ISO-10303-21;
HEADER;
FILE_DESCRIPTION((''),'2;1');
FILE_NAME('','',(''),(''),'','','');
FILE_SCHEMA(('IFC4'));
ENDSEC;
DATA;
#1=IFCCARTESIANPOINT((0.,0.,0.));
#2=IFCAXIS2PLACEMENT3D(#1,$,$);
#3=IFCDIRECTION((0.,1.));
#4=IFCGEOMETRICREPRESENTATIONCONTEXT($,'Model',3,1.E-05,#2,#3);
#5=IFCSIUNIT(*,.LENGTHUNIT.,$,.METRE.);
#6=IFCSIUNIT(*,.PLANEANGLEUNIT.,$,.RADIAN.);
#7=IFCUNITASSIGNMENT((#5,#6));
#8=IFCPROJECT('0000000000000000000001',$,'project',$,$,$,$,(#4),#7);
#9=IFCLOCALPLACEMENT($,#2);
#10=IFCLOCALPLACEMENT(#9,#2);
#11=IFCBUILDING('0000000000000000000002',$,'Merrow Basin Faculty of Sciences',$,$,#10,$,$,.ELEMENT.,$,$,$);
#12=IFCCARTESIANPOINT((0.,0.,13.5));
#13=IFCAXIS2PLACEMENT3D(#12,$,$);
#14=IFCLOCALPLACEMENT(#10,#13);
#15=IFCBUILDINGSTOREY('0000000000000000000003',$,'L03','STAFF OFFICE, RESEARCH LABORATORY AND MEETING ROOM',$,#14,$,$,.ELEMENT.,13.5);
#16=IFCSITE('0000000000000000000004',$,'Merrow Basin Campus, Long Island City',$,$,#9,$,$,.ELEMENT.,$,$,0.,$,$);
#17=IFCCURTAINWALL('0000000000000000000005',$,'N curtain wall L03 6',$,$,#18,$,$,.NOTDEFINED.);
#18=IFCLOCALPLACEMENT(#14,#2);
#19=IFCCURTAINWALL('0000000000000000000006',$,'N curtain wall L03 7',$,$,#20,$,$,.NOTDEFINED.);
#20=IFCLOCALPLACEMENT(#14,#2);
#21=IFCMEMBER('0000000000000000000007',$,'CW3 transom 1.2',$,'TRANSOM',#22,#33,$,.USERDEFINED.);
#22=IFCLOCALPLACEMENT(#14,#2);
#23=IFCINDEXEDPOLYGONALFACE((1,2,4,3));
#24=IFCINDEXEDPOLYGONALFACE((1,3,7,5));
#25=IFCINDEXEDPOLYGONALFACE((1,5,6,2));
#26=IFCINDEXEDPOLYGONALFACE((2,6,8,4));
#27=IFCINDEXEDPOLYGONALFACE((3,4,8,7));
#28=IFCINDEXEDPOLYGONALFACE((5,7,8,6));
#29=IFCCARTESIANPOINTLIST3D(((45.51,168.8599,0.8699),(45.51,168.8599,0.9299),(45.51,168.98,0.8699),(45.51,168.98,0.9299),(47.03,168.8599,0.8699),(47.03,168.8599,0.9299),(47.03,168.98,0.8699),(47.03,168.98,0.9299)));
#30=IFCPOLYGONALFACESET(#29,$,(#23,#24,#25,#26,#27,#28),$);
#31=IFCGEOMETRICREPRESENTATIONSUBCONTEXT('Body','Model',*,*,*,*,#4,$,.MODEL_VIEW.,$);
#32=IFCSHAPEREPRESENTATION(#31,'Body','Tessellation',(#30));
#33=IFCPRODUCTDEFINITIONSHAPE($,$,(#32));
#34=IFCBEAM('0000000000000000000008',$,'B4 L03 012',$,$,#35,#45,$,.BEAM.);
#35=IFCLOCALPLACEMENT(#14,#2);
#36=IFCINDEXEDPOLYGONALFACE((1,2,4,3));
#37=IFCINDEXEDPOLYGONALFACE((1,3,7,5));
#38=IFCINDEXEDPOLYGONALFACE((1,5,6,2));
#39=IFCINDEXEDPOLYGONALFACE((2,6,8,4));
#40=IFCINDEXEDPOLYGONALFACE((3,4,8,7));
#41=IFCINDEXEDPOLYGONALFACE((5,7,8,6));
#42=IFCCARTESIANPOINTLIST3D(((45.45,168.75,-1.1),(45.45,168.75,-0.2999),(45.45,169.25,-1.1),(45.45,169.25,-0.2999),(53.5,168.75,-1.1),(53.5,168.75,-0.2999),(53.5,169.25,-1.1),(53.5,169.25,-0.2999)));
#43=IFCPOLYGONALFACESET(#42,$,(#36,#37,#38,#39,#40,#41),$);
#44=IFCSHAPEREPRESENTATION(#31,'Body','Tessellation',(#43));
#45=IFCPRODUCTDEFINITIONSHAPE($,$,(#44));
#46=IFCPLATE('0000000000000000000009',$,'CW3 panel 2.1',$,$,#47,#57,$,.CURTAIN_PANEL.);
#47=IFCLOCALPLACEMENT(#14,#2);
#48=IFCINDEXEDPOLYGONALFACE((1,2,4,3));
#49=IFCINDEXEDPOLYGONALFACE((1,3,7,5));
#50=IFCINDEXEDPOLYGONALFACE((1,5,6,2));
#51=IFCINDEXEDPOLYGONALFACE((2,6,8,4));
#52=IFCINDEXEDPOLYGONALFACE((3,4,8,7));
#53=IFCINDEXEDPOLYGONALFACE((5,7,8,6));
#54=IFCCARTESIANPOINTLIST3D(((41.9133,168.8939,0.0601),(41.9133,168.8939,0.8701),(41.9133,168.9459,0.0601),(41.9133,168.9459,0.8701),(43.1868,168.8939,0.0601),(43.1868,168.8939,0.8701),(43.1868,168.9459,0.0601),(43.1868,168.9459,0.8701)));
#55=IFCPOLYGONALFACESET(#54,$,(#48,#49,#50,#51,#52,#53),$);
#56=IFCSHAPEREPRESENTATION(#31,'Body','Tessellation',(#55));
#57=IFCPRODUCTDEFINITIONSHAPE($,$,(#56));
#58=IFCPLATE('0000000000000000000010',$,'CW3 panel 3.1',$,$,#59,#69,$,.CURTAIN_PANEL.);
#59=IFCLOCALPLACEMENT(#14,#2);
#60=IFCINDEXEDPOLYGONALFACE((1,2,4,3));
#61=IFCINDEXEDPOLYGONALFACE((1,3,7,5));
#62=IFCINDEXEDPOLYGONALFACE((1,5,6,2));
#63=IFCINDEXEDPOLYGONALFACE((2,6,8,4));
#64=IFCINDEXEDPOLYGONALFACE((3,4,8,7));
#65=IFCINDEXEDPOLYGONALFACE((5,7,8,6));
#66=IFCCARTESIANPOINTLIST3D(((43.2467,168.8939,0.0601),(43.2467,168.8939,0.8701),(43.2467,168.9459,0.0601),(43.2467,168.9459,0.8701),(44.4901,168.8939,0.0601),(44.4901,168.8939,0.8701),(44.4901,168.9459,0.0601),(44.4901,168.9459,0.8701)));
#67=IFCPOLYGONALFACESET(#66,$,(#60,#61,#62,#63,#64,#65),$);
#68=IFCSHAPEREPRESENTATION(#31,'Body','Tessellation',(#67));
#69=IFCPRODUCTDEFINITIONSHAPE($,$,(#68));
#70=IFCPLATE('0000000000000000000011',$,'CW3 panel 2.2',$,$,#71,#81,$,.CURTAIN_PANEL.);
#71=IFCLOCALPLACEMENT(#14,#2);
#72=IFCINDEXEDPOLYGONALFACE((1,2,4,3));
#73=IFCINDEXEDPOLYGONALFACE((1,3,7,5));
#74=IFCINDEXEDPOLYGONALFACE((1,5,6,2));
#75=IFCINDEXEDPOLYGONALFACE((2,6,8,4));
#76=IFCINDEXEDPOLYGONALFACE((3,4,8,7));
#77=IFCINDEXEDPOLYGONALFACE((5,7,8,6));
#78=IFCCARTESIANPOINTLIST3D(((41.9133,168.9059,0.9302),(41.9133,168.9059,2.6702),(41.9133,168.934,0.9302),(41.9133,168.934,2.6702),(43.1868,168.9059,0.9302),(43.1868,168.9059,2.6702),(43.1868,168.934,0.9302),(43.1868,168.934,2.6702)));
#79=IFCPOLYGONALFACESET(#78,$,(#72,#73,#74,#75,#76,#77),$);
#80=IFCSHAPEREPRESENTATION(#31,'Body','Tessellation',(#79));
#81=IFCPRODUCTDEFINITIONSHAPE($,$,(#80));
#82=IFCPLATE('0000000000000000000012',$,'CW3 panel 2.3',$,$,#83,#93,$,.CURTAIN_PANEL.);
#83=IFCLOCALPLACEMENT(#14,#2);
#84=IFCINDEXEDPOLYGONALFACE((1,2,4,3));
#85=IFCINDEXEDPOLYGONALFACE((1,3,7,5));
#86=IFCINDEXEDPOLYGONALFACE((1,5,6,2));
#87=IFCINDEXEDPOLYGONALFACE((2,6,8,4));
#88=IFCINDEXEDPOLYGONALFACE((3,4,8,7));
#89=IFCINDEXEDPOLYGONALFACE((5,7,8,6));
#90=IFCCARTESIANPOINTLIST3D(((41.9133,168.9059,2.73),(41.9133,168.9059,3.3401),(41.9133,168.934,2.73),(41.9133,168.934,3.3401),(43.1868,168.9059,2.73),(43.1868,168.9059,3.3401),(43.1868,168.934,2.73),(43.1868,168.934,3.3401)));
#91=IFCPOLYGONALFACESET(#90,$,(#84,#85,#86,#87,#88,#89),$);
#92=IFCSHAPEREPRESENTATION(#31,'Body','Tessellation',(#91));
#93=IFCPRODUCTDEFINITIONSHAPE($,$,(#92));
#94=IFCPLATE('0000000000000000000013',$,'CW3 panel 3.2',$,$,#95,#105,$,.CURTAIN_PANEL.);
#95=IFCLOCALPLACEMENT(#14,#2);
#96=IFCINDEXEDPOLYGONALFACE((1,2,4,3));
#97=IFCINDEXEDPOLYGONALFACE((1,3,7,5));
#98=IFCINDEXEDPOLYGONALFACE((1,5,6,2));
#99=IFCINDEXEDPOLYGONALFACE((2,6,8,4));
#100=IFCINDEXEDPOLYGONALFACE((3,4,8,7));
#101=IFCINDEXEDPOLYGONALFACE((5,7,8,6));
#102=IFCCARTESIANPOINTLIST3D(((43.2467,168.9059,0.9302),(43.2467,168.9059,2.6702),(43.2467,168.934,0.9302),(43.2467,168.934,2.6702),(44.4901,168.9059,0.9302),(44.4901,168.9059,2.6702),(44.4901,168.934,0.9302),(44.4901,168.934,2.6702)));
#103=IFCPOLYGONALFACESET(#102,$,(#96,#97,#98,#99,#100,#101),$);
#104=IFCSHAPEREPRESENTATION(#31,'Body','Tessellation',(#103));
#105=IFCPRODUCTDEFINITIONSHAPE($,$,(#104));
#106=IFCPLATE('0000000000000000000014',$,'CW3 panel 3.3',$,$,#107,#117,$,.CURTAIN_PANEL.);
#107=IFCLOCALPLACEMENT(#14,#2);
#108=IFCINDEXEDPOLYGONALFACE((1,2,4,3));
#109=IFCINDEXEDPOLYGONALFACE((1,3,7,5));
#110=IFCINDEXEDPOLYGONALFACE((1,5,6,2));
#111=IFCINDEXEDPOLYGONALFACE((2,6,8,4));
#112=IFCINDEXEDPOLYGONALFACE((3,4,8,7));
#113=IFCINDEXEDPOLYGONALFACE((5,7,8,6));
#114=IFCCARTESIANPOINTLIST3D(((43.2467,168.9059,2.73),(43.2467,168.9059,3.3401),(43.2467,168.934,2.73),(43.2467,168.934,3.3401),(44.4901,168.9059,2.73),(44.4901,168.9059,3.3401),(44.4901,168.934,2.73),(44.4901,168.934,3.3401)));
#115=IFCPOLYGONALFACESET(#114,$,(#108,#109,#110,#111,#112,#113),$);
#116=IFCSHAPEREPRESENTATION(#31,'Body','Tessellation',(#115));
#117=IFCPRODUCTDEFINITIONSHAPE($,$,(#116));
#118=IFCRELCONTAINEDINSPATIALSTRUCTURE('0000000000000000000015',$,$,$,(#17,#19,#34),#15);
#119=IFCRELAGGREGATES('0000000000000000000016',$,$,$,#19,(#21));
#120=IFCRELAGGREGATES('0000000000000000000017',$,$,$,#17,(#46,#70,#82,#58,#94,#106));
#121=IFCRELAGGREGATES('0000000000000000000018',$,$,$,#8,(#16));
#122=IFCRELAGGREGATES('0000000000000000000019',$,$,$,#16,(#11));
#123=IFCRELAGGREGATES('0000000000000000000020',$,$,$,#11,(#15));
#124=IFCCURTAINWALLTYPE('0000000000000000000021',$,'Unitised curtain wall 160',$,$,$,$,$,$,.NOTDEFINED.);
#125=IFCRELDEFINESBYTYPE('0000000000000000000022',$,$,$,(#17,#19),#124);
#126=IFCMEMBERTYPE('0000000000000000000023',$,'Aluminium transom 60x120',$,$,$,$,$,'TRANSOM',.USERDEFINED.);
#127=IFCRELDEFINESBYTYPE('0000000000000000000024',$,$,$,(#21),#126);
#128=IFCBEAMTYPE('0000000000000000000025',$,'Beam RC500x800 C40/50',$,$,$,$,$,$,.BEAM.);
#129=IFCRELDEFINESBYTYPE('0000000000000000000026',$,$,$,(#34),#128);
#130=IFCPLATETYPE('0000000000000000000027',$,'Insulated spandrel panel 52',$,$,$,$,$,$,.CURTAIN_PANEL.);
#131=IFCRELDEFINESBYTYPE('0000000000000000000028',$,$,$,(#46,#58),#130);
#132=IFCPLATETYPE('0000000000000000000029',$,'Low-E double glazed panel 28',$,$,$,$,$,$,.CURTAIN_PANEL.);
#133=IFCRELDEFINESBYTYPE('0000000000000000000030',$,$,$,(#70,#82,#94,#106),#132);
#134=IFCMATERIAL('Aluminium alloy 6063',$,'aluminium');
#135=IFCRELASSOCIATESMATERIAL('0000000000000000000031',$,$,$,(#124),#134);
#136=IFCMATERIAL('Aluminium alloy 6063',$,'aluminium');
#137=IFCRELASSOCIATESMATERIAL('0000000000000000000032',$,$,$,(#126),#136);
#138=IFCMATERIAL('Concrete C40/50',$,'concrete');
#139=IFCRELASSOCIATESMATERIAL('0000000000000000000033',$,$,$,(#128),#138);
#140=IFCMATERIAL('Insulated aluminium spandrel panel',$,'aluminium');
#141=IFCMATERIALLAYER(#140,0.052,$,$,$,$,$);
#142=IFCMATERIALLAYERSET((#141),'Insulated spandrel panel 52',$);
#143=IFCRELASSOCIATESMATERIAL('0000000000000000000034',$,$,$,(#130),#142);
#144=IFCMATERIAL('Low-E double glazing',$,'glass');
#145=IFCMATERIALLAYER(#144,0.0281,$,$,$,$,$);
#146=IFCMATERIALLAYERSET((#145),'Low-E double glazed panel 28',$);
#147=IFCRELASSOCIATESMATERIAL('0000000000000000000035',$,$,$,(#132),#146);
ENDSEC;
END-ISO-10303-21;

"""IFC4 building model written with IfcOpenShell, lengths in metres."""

from ifc_helpers import new_model, si_unit, direction, frame, origin, origin_2d, place, context, subcontext, project, spatial, rectangle, extrude, material, layer, layer_set, material_profile, profile_set, type_object, element, aggregate, save


model = new_model("IFC4")

# Units and contexts
model_context = context("Model", 3, precision=1e-05, world=origin(), true_north=direction((0.0, 1.0)))
body_context = subcontext(model_context, "Body", "Model", "MODEL_VIEW")
ifc_project = project(units=[si_unit("LENGTHUNIT", "METRE"), si_unit("PLANEANGLEUNIT", "RADIAN")], contexts=[model_context])

# Site, building, storey
site_placement = place(None, origin())
site = spatial("IfcSite", under=ifc_project, at=site_placement, Name="Merrow Basin Campus, Long Island City", CompositionType="ELEMENT", RefElevation=0.0)
building_placement = place(site_placement, origin())
building = spatial("IfcBuilding", under=site, at=building_placement, Name="Merrow Basin Faculty of Sciences", CompositionType="ELEMENT")
storey_placement = place(building_placement, frame((0.0, 0.0, 13.5)))
storey = spatial("IfcBuildingStorey", under=building, at=storey_placement, Name="L03", Description="STAFF OFFICE, RESEARCH LABORATORY AND MEETING ROOM", CompositionType="ELEMENT", Elevation=13.5)

# Curtain wall
ifc_material_1 = material(Name="Aluminium alloy 6063", Category="aluminium")
curtain_wall_type = type_object("IfcCurtainWallType", Name="Unitised curtain wall 160", PredefinedType="NOTDEFINED", material=ifc_material_1)
curtain_wall_1_placement = place(storey_placement, origin())
curtain_wall_1 = element("IfcCurtainWall", 1, at=curtain_wall_1_placement, inside=storey, type_object=curtain_wall_type, Name="N curtain wall L03 6", PredefinedType="NOTDEFINED")

# Curtain wall
curtain_wall_2_placement = place(storey_placement, origin())
curtain_wall_2 = element("IfcCurtainWall", 2, at=curtain_wall_2_placement, inside=storey, type_object=curtain_wall_type, Name="N curtain wall L03 7", PredefinedType="NOTDEFINED")

# Member
ifc_material_2 = material(Name="Aluminium alloy 6063", Category="aluminium")
ifc_material_profile_1 = material_profile(ifc_material_2, rectangle(XDim=0.1201, YDim=0.0601, at=origin_2d()))
ifc_profile_set_1 = profile_set([ifc_material_profile_1], Name="Aluminium alloy 6063")
member_type_1 = type_object("IfcMemberType", Name="Aluminium transom 60x120", ElementType="TRANSOM", PredefinedType="USERDEFINED", material=ifc_profile_set_1)
member_1_placement = place(storey_placement, frame((45.51, 168.9199, 0.8999), z_axis=(1.0, 0.0, 0.0), x_axis=(0.0, 1.0, 0.0)))
member_1 = element("IfcMember", 3, at=member_1_placement, type_object=member_type_1, Name="CW3 transom 1.2", ObjectType="TRANSOM", PredefinedType="USERDEFINED", context=body_context, shape_type="SweptSolid", body=[
    extrude(rectangle(XDim=0.1201, YDim=0.0601, at=origin_2d()), origin(), (0.0, 0.0, 1.0), 1.52),
])
aggregate(curtain_wall_2, [member_1])

# Beam
ifc_material_3 = material(Name="Concrete C40/50", Category="concrete")
ifc_material_profile_2 = material_profile(ifc_material_3, rectangle(XDim=0.5, YDim=0.8, at=origin_2d()))
ifc_profile_set_2 = profile_set([ifc_material_profile_2], Name="Concrete C40/50")
beam_type = type_object("IfcBeamType", Name="Beam RC500x800 C40/50", PredefinedType="BEAM", material=ifc_profile_set_2)
beam_placement = place(storey_placement, frame((45.45, 169.0, -0.7), z_axis=(1.0, 0.0, 0.0), x_axis=(0.0, 1.0, 0.0)))
element("IfcBeam", 4, at=beam_placement, inside=storey, type_object=beam_type, Name="B4 L03 012", PredefinedType="BEAM", context=body_context, shape_type="SweptSolid", body=[
    extrude(rectangle(XDim=0.5, YDim=0.8, at=origin_2d()), origin(), (0.0, 0.0, 1.0), 8.05),
])

# Plates
ifc_material_4 = material(Name="Insulated aluminium spandrel panel", Category="aluminium")
ifc_layer_1 = layer(ifc_material_4, 0.052)
ifc_layer_set_1 = layer_set([ifc_layer_1], Name="Insulated spandrel panel 52")
plate_type_1 = type_object("IfcPlateType", Name="Insulated spandrel panel 52", PredefinedType="CURTAIN_PANEL", material=ifc_layer_set_1)
plate_1_placement = place(storey_placement, frame((42.55, 168.9199, 0.0601), z_axis=(0.0, 0.0, 1.0), x_axis=(1.0, 0.0, 0.0)))
plate_1 = element("IfcPlate", 5, at=plate_1_placement, type_object=plate_type_1, Name="CW3 panel 2.1", PredefinedType="CURTAIN_PANEL", context=body_context, shape_type="SweptSolid", body=[
    extrude(rectangle(XDim=1.2734, YDim=0.052, at=origin_2d()), origin(), (0.0, 0.0, 1.0), 0.8101),
])
plate_2_placement = place(storey_placement, frame((43.8684, 168.9199, 0.0601), z_axis=(0.0, 0.0, 1.0), x_axis=(1.0, 0.0, 0.0)))
plate_2 = element("IfcPlate", 6, at=plate_2_placement, type_object=plate_type_1, Name="CW3 panel 3.1", PredefinedType="CURTAIN_PANEL", context=body_context, shape_type="SweptSolid", body=[
    extrude(rectangle(XDim=1.2434, YDim=0.052, at=origin_2d()), origin(), (0.0, 0.0, 1.0), 0.8101),
])
ifc_material_5 = material(Name="Low-E double glazing", Category="glass")
ifc_layer_2 = layer(ifc_material_5, 0.0281)
ifc_layer_set_2 = layer_set([ifc_layer_2], Name="Low-E double glazed panel 28")
plate_type_2 = type_object("IfcPlateType", Name="Low-E double glazed panel 28", PredefinedType="CURTAIN_PANEL", material=ifc_layer_set_2)
plate_3_placement = place(storey_placement, frame((42.55, 168.9199, 0.9302), z_axis=(0.0, 0.0, 1.0), x_axis=(1.0, 0.0, 0.0)))
plate_3 = element("IfcPlate", 7, at=plate_3_placement, type_object=plate_type_2, Name="CW3 panel 2.2", PredefinedType="CURTAIN_PANEL", context=body_context, shape_type="SweptSolid", body=[
    extrude(rectangle(XDim=1.2734, YDim=0.0281, at=origin_2d()), origin(), (0.0, 0.0, 1.0), 1.74),
])
plate_4_placement = place(storey_placement, frame((42.55, 168.9199, 2.73), z_axis=(0.0, 0.0, 1.0), x_axis=(1.0, 0.0, 0.0)))
plate_4 = element("IfcPlate", 8, at=plate_4_placement, type_object=plate_type_2, Name="CW3 panel 2.3", PredefinedType="CURTAIN_PANEL", context=body_context, shape_type="SweptSolid", body=[
    extrude(rectangle(XDim=1.2734, YDim=0.0281, at=origin_2d()), origin(), (0.0, 0.0, 1.0), 0.6101),
])
plate_5_placement = place(storey_placement, frame((43.8684, 168.9199, 0.9302), z_axis=(0.0, 0.0, 1.0), x_axis=(1.0, 0.0, 0.0)))
plate_5 = element("IfcPlate", 9, at=plate_5_placement, type_object=plate_type_2, Name="CW3 panel 3.2", PredefinedType="CURTAIN_PANEL", context=body_context, shape_type="SweptSolid", body=[
    extrude(rectangle(XDim=1.2434, YDim=0.0281, at=origin_2d()), origin(), (0.0, 0.0, 1.0), 1.74),
])
plate_6_placement = place(storey_placement, frame((43.8684, 168.9199, 2.73), z_axis=(0.0, 0.0, 1.0), x_axis=(1.0, 0.0, 0.0)))
plate_6 = element("IfcPlate", 10, at=plate_6_placement, type_object=plate_type_2, Name="CW3 panel 3.3", PredefinedType="CURTAIN_PANEL", context=body_context, shape_type="SweptSolid", body=[
    extrude(rectangle(XDim=1.2434, YDim=0.0281, at=origin_2d()), origin(), (0.0, 0.0, 1.0), 0.6101),
])
aggregate(curtain_wall_1, [plate_1, plate_3, plate_4, plate_2, plate_5, plate_6])

save(model, "model.ifc")
